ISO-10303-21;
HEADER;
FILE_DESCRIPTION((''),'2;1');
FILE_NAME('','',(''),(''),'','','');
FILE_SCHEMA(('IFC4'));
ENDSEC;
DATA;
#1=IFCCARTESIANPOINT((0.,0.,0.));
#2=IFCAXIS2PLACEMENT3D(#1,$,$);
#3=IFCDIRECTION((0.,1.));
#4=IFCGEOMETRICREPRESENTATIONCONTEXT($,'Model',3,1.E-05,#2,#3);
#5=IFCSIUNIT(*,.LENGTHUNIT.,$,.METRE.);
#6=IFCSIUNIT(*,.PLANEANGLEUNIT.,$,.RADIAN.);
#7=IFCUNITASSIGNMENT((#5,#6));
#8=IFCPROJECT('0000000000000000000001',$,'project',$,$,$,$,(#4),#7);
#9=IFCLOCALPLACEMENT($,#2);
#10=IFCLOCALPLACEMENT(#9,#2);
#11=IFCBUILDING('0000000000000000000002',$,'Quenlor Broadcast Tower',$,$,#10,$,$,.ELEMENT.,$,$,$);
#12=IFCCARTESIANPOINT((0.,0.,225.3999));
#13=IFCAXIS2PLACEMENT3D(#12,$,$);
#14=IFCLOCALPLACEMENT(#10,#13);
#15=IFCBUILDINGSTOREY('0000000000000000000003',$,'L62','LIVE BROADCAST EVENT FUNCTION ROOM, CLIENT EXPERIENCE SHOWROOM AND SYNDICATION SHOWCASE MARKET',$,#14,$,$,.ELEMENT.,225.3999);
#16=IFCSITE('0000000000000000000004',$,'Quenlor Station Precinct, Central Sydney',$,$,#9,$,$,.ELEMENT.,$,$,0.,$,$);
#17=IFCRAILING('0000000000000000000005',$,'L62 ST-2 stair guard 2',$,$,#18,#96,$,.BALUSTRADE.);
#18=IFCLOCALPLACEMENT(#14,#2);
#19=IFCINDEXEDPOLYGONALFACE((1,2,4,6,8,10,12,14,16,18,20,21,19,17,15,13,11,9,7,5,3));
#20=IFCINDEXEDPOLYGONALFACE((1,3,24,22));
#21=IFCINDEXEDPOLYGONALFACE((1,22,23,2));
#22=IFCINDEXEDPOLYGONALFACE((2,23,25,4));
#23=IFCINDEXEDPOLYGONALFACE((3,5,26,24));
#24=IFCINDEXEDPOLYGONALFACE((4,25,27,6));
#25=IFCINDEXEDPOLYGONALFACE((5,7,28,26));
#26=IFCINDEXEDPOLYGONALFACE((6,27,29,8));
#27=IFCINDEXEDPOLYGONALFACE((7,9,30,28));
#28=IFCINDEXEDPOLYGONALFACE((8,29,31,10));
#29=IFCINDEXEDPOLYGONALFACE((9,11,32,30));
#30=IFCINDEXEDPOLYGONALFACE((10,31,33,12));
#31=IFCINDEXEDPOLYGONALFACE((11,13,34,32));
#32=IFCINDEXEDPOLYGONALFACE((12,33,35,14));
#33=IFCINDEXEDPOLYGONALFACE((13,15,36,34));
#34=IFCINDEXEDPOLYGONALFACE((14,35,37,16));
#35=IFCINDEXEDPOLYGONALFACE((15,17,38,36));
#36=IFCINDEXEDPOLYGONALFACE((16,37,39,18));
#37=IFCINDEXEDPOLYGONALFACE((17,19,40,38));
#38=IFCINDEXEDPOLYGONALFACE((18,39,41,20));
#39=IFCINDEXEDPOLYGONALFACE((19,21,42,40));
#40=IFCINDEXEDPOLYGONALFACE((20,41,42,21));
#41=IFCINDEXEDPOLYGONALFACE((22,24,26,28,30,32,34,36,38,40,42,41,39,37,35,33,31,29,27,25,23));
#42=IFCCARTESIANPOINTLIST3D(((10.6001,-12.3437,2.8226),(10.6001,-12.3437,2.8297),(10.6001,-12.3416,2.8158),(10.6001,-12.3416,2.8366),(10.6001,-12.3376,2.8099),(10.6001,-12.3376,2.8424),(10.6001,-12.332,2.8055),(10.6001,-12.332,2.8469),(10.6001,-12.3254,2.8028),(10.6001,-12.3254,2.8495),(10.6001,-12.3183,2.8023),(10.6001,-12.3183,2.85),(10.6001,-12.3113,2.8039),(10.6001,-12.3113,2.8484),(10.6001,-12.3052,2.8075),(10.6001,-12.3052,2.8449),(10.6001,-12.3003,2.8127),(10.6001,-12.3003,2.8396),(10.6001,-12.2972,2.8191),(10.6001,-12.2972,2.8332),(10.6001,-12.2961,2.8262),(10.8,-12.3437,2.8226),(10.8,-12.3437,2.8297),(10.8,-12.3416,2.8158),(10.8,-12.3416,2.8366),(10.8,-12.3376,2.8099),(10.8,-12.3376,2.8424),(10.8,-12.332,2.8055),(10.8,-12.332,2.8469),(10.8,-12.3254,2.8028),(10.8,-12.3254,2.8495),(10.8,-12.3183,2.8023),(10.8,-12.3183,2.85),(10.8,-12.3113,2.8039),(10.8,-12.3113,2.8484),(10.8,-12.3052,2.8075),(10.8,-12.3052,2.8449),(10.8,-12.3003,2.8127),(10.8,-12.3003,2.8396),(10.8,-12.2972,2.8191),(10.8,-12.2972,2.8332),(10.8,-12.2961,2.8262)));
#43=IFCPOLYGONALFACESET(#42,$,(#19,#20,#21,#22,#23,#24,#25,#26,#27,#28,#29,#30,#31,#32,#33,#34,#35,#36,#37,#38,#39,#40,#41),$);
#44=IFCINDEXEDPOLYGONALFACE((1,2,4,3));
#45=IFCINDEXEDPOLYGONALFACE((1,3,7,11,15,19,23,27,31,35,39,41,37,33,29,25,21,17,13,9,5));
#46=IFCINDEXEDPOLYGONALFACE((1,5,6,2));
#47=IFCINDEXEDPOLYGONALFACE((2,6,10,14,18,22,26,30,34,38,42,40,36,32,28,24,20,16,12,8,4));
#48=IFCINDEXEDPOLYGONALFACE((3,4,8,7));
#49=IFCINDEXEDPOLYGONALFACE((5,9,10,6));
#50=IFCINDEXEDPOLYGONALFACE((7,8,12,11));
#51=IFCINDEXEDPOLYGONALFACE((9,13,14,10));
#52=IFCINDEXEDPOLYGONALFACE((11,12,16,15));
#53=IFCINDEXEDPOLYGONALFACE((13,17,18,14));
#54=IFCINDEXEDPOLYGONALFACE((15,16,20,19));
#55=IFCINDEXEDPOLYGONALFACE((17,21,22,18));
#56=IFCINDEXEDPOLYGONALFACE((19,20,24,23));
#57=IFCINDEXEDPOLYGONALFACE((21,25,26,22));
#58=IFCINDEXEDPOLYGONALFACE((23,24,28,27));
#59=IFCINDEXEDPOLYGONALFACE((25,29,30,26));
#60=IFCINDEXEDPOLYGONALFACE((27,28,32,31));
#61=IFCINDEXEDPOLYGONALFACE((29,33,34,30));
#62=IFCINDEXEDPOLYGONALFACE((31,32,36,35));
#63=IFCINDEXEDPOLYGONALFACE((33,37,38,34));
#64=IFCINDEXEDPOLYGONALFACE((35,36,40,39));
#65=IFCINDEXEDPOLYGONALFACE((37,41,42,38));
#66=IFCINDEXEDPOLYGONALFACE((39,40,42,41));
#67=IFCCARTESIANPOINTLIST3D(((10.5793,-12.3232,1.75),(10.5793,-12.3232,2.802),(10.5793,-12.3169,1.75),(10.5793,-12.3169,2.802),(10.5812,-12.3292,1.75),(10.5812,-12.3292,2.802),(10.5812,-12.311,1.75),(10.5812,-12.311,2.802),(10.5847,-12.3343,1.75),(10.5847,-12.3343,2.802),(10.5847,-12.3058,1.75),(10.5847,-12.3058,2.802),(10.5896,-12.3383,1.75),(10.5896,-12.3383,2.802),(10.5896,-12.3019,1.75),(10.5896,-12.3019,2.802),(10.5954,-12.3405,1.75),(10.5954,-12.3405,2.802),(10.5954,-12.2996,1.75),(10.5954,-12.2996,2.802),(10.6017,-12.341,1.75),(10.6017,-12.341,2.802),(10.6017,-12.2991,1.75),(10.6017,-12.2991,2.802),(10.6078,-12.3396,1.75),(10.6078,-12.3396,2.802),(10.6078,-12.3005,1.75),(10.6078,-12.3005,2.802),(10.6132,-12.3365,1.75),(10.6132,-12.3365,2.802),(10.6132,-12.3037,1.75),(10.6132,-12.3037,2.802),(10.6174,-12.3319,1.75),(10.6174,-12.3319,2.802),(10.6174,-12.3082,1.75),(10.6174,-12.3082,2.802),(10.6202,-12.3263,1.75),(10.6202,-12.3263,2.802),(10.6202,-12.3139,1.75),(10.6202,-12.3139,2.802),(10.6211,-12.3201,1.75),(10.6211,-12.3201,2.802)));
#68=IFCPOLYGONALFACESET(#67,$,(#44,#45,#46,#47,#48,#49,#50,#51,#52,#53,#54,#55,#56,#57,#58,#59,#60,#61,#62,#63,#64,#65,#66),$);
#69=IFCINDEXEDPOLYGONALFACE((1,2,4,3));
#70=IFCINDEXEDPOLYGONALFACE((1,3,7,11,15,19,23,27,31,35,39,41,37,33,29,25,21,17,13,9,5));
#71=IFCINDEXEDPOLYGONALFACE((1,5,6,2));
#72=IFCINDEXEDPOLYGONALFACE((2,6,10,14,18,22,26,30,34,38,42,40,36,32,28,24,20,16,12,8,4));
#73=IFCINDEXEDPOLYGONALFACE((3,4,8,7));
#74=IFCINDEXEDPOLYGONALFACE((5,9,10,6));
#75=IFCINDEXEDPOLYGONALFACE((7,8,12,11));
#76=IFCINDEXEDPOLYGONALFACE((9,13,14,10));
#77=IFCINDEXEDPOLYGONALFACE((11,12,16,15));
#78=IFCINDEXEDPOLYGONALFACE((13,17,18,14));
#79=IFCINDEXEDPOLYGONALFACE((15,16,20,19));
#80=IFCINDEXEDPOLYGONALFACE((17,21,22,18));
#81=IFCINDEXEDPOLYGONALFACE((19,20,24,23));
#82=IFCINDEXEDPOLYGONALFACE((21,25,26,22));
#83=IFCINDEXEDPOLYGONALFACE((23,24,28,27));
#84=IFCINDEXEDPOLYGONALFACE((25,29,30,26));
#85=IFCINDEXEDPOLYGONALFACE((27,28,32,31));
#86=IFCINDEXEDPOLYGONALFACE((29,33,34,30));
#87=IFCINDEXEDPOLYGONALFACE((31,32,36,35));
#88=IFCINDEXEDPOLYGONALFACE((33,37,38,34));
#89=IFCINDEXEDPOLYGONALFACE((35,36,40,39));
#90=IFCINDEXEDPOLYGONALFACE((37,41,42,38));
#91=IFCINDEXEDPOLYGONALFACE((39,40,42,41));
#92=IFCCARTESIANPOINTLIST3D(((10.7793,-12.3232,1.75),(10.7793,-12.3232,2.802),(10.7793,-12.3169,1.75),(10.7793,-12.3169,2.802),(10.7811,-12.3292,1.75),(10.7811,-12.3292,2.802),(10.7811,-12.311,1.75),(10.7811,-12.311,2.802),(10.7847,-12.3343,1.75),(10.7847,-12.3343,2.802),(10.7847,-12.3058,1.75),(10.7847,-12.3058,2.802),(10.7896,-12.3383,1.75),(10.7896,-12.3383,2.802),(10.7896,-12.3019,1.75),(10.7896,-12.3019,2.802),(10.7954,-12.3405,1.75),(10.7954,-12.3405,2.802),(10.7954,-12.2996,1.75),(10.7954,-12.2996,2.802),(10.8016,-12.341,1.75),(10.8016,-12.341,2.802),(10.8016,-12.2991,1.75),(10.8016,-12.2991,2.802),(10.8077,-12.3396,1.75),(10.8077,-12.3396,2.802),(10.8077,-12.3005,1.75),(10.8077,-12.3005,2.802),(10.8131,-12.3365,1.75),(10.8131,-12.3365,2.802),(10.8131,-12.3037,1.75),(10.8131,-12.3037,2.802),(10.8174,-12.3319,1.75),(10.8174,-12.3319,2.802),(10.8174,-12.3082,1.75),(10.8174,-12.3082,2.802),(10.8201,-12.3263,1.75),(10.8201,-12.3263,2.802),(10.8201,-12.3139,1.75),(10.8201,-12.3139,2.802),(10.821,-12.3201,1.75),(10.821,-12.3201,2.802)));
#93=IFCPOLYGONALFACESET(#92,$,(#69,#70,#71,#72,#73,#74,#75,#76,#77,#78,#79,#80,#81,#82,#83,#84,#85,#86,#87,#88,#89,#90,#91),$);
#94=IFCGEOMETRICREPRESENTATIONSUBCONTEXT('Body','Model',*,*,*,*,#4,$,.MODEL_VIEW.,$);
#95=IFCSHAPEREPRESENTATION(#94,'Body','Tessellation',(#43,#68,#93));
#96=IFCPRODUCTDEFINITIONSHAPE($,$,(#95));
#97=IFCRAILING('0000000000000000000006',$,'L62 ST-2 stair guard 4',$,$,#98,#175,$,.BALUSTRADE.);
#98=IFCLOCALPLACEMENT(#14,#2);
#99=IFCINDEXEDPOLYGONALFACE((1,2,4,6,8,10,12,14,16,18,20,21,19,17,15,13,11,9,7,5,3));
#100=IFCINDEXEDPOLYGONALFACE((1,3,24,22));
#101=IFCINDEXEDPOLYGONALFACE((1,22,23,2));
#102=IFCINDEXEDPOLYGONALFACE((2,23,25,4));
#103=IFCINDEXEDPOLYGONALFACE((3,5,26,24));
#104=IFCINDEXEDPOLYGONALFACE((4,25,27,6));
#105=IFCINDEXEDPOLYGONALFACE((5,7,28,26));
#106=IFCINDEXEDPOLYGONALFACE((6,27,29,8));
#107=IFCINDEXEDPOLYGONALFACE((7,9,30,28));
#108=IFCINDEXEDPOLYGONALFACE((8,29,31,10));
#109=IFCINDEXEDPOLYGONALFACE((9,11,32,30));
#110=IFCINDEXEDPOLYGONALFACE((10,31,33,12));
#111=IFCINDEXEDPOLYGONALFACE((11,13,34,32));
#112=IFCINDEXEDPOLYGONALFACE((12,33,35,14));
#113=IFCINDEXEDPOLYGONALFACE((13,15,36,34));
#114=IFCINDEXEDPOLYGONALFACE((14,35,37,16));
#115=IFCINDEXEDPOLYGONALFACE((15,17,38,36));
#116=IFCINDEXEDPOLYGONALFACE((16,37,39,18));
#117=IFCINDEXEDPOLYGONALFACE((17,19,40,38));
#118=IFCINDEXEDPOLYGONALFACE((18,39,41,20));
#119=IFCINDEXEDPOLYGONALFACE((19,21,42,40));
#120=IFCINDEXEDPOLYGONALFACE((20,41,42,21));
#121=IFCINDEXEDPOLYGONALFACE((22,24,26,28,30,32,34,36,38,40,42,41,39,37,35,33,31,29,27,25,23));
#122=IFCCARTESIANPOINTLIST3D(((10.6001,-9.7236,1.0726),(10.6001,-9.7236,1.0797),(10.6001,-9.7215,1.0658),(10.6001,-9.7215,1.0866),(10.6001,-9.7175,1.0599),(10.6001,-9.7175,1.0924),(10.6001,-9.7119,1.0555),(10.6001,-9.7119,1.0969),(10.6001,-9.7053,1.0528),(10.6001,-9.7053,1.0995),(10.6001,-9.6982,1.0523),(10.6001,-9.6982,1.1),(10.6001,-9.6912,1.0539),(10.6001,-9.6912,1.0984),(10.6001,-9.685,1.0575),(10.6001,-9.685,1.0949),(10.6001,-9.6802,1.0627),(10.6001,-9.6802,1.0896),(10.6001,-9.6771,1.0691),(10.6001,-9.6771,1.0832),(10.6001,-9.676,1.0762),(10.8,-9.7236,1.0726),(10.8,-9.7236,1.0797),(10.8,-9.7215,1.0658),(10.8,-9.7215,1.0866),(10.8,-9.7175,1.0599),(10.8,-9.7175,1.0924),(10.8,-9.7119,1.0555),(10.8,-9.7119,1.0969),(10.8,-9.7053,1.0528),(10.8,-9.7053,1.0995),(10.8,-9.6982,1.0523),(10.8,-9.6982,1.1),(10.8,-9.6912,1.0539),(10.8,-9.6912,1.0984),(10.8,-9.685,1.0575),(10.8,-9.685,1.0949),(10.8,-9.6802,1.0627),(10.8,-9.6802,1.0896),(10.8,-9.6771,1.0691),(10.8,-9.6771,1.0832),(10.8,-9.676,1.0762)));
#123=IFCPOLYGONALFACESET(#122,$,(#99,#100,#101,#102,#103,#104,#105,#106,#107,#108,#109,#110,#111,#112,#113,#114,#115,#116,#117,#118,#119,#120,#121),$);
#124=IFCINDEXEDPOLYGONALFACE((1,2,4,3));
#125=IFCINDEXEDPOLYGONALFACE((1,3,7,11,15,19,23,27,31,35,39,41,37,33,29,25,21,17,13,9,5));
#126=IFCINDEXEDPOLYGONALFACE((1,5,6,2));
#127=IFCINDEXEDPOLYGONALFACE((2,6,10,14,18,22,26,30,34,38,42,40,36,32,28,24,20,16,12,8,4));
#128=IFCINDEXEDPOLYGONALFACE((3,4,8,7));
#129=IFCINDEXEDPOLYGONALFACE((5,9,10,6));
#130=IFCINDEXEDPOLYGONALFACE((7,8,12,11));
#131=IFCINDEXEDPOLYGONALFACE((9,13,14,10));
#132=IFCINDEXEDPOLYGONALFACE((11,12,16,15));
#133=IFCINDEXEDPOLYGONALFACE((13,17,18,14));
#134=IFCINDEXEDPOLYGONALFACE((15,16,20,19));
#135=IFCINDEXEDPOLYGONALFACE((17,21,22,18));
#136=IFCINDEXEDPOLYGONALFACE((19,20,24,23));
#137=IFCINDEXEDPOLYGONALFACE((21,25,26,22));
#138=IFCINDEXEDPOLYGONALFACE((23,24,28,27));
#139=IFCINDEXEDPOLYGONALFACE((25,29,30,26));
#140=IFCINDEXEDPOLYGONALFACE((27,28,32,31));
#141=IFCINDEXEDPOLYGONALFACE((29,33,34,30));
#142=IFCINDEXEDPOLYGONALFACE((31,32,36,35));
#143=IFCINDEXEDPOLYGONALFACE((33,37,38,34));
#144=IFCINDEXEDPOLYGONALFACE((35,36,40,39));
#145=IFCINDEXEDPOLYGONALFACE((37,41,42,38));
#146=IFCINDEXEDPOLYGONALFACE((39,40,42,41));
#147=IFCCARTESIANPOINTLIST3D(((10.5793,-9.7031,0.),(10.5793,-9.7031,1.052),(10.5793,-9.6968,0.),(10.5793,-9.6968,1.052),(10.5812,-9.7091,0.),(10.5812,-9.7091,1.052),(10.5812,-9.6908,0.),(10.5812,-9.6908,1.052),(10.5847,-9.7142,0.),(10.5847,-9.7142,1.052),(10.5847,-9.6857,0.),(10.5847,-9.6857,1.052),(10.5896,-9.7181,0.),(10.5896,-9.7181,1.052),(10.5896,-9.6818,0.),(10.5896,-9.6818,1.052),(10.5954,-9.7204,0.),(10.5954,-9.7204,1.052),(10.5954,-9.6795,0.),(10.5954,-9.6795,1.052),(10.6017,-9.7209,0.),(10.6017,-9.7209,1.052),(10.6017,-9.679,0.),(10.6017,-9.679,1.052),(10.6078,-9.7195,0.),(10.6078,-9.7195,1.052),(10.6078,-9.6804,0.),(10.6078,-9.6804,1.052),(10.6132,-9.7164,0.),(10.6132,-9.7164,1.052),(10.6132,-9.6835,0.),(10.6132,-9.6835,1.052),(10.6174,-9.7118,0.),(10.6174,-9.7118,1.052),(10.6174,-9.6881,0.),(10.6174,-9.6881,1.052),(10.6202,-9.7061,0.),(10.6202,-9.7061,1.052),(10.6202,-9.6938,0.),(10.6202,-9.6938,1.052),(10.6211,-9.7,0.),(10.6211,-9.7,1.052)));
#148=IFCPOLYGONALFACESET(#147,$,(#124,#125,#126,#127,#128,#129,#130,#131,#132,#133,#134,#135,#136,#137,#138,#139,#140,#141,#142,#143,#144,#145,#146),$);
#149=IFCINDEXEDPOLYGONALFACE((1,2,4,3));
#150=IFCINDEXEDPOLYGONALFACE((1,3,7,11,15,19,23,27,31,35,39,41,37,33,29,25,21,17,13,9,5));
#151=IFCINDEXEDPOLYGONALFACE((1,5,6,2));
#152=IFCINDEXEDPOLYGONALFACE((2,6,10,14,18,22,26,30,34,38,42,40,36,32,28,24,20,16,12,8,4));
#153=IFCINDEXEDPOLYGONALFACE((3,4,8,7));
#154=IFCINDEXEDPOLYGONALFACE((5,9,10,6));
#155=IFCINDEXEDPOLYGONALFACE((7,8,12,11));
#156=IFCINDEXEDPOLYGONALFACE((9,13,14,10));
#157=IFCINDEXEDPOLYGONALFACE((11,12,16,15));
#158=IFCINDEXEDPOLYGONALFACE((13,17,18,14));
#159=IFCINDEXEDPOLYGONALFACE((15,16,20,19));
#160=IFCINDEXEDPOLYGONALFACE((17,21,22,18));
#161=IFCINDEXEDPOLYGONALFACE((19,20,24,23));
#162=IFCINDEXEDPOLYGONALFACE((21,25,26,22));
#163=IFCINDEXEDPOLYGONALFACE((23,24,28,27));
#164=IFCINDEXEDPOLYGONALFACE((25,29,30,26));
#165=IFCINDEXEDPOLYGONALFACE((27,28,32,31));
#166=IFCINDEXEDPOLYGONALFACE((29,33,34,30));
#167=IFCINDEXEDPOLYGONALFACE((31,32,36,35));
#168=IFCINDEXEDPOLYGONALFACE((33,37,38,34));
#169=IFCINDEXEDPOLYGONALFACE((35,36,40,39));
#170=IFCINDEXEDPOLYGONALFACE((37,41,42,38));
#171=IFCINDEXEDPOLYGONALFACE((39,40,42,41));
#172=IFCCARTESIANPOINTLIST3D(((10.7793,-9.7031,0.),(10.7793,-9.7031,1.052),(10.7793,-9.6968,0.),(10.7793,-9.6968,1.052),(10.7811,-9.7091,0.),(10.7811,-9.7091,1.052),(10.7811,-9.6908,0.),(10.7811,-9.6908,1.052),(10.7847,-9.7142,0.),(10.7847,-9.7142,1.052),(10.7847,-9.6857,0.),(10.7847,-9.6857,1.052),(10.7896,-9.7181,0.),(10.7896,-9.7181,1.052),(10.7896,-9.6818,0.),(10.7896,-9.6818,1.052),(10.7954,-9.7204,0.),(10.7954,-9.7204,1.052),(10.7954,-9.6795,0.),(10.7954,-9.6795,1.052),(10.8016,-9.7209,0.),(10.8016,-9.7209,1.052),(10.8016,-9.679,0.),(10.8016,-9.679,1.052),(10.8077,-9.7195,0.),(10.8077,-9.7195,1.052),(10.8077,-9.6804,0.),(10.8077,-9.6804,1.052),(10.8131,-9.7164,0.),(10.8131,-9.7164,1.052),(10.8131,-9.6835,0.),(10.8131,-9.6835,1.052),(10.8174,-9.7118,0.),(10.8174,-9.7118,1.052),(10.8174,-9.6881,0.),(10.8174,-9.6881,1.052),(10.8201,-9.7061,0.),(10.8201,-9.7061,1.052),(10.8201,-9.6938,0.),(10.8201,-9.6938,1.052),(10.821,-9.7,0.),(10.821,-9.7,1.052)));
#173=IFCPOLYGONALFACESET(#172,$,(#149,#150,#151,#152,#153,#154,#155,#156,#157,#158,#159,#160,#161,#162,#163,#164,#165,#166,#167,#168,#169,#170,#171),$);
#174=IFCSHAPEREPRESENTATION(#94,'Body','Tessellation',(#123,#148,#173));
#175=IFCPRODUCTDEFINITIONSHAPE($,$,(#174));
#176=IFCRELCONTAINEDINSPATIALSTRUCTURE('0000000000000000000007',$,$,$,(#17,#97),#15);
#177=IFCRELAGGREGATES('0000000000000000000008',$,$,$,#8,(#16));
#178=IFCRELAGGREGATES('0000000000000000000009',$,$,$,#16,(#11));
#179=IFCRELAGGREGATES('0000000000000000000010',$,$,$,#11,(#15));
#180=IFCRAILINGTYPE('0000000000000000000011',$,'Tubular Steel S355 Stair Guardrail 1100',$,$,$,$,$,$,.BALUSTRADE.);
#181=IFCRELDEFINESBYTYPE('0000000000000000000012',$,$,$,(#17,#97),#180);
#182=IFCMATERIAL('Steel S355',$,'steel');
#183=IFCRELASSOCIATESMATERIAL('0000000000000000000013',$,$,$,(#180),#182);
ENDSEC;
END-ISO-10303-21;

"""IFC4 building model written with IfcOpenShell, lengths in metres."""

from ifc_helpers import new_model, si_unit, direction, frame, origin, origin_2d, place, context, subcontext, project, spatial, circle, extrude, material, type_object, element, save


model = new_model("IFC4")

# Units and contexts
model_context = context("Model", 3, precision=1e-05, world=origin(), true_north=direction((0.0, 1.0)))
body_context = subcontext(model_context, "Body", "Model", "MODEL_VIEW")
ifc_project = project(units=[si_unit("LENGTHUNIT", "METRE"), si_unit("PLANEANGLEUNIT", "RADIAN")], contexts=[model_context])

# Site, building, storey
site_placement = place(None, origin())
site = spatial("IfcSite", under=ifc_project, at=site_placement, Name="Quenlor Station Precinct, Central Sydney", CompositionType="ELEMENT", RefElevation=0.0)
building_placement = place(site_placement, origin())
building = spatial("IfcBuilding", under=site, at=building_placement, Name="Quenlor Broadcast Tower", CompositionType="ELEMENT")
storey_placement = place(building_placement, frame((0.0, 0.0, 225.3999)))
storey = spatial("IfcBuildingStorey", under=building, at=storey_placement, Name="L62", Description="LIVE BROADCAST EVENT FUNCTION ROOM, CLIENT EXPERIENCE SHOWROOM AND SYNDICATION SHOWCASE MARKET", CompositionType="ELEMENT", Elevation=225.3999)

# Railings
ifc_material_1 = material(Name="Steel S355", Category="steel")
railing_type_1 = type_object("IfcRailingType", Name="Tubular Steel S355 Stair Guardrail 1100", PredefinedType="BALUSTRADE", material=ifc_material_1)
for number, where, name in (
    (1, (10.6001, -12.3201, 1.75), "L62 ST-2 stair guard 2"),
    (2, (10.6001, -9.7, 0.0), "L62 ST-2 stair guard 4"),
):
    element("IfcRailing", number, at=place(storey_placement, frame(where)), inside=storey, type_object=railing_type_1, Name=name, PredefinedType="BALUSTRADE", context=body_context, shape_type="SweptSolid", body=[
        extrude(circle(Radius=0.0239, at=origin_2d()), frame((0.0, 0.0, 1.0762), z_axis=(1.0, 0.0, 0.0), x_axis=(0.0, 1.0, 0.0)), (0.0, 0.0, 1.0), 0.2),
        extrude(circle(Radius=0.021, at=origin_2d()), origin(), (0.0, 0.0, 1.0), 1.052),
        extrude(circle(Radius=0.021, at=origin_2d()), frame((0.2, 0.0, 0.0)), (0.0, 0.0, 1.0), 1.052),
    ])

save(model, "model.ifc")
